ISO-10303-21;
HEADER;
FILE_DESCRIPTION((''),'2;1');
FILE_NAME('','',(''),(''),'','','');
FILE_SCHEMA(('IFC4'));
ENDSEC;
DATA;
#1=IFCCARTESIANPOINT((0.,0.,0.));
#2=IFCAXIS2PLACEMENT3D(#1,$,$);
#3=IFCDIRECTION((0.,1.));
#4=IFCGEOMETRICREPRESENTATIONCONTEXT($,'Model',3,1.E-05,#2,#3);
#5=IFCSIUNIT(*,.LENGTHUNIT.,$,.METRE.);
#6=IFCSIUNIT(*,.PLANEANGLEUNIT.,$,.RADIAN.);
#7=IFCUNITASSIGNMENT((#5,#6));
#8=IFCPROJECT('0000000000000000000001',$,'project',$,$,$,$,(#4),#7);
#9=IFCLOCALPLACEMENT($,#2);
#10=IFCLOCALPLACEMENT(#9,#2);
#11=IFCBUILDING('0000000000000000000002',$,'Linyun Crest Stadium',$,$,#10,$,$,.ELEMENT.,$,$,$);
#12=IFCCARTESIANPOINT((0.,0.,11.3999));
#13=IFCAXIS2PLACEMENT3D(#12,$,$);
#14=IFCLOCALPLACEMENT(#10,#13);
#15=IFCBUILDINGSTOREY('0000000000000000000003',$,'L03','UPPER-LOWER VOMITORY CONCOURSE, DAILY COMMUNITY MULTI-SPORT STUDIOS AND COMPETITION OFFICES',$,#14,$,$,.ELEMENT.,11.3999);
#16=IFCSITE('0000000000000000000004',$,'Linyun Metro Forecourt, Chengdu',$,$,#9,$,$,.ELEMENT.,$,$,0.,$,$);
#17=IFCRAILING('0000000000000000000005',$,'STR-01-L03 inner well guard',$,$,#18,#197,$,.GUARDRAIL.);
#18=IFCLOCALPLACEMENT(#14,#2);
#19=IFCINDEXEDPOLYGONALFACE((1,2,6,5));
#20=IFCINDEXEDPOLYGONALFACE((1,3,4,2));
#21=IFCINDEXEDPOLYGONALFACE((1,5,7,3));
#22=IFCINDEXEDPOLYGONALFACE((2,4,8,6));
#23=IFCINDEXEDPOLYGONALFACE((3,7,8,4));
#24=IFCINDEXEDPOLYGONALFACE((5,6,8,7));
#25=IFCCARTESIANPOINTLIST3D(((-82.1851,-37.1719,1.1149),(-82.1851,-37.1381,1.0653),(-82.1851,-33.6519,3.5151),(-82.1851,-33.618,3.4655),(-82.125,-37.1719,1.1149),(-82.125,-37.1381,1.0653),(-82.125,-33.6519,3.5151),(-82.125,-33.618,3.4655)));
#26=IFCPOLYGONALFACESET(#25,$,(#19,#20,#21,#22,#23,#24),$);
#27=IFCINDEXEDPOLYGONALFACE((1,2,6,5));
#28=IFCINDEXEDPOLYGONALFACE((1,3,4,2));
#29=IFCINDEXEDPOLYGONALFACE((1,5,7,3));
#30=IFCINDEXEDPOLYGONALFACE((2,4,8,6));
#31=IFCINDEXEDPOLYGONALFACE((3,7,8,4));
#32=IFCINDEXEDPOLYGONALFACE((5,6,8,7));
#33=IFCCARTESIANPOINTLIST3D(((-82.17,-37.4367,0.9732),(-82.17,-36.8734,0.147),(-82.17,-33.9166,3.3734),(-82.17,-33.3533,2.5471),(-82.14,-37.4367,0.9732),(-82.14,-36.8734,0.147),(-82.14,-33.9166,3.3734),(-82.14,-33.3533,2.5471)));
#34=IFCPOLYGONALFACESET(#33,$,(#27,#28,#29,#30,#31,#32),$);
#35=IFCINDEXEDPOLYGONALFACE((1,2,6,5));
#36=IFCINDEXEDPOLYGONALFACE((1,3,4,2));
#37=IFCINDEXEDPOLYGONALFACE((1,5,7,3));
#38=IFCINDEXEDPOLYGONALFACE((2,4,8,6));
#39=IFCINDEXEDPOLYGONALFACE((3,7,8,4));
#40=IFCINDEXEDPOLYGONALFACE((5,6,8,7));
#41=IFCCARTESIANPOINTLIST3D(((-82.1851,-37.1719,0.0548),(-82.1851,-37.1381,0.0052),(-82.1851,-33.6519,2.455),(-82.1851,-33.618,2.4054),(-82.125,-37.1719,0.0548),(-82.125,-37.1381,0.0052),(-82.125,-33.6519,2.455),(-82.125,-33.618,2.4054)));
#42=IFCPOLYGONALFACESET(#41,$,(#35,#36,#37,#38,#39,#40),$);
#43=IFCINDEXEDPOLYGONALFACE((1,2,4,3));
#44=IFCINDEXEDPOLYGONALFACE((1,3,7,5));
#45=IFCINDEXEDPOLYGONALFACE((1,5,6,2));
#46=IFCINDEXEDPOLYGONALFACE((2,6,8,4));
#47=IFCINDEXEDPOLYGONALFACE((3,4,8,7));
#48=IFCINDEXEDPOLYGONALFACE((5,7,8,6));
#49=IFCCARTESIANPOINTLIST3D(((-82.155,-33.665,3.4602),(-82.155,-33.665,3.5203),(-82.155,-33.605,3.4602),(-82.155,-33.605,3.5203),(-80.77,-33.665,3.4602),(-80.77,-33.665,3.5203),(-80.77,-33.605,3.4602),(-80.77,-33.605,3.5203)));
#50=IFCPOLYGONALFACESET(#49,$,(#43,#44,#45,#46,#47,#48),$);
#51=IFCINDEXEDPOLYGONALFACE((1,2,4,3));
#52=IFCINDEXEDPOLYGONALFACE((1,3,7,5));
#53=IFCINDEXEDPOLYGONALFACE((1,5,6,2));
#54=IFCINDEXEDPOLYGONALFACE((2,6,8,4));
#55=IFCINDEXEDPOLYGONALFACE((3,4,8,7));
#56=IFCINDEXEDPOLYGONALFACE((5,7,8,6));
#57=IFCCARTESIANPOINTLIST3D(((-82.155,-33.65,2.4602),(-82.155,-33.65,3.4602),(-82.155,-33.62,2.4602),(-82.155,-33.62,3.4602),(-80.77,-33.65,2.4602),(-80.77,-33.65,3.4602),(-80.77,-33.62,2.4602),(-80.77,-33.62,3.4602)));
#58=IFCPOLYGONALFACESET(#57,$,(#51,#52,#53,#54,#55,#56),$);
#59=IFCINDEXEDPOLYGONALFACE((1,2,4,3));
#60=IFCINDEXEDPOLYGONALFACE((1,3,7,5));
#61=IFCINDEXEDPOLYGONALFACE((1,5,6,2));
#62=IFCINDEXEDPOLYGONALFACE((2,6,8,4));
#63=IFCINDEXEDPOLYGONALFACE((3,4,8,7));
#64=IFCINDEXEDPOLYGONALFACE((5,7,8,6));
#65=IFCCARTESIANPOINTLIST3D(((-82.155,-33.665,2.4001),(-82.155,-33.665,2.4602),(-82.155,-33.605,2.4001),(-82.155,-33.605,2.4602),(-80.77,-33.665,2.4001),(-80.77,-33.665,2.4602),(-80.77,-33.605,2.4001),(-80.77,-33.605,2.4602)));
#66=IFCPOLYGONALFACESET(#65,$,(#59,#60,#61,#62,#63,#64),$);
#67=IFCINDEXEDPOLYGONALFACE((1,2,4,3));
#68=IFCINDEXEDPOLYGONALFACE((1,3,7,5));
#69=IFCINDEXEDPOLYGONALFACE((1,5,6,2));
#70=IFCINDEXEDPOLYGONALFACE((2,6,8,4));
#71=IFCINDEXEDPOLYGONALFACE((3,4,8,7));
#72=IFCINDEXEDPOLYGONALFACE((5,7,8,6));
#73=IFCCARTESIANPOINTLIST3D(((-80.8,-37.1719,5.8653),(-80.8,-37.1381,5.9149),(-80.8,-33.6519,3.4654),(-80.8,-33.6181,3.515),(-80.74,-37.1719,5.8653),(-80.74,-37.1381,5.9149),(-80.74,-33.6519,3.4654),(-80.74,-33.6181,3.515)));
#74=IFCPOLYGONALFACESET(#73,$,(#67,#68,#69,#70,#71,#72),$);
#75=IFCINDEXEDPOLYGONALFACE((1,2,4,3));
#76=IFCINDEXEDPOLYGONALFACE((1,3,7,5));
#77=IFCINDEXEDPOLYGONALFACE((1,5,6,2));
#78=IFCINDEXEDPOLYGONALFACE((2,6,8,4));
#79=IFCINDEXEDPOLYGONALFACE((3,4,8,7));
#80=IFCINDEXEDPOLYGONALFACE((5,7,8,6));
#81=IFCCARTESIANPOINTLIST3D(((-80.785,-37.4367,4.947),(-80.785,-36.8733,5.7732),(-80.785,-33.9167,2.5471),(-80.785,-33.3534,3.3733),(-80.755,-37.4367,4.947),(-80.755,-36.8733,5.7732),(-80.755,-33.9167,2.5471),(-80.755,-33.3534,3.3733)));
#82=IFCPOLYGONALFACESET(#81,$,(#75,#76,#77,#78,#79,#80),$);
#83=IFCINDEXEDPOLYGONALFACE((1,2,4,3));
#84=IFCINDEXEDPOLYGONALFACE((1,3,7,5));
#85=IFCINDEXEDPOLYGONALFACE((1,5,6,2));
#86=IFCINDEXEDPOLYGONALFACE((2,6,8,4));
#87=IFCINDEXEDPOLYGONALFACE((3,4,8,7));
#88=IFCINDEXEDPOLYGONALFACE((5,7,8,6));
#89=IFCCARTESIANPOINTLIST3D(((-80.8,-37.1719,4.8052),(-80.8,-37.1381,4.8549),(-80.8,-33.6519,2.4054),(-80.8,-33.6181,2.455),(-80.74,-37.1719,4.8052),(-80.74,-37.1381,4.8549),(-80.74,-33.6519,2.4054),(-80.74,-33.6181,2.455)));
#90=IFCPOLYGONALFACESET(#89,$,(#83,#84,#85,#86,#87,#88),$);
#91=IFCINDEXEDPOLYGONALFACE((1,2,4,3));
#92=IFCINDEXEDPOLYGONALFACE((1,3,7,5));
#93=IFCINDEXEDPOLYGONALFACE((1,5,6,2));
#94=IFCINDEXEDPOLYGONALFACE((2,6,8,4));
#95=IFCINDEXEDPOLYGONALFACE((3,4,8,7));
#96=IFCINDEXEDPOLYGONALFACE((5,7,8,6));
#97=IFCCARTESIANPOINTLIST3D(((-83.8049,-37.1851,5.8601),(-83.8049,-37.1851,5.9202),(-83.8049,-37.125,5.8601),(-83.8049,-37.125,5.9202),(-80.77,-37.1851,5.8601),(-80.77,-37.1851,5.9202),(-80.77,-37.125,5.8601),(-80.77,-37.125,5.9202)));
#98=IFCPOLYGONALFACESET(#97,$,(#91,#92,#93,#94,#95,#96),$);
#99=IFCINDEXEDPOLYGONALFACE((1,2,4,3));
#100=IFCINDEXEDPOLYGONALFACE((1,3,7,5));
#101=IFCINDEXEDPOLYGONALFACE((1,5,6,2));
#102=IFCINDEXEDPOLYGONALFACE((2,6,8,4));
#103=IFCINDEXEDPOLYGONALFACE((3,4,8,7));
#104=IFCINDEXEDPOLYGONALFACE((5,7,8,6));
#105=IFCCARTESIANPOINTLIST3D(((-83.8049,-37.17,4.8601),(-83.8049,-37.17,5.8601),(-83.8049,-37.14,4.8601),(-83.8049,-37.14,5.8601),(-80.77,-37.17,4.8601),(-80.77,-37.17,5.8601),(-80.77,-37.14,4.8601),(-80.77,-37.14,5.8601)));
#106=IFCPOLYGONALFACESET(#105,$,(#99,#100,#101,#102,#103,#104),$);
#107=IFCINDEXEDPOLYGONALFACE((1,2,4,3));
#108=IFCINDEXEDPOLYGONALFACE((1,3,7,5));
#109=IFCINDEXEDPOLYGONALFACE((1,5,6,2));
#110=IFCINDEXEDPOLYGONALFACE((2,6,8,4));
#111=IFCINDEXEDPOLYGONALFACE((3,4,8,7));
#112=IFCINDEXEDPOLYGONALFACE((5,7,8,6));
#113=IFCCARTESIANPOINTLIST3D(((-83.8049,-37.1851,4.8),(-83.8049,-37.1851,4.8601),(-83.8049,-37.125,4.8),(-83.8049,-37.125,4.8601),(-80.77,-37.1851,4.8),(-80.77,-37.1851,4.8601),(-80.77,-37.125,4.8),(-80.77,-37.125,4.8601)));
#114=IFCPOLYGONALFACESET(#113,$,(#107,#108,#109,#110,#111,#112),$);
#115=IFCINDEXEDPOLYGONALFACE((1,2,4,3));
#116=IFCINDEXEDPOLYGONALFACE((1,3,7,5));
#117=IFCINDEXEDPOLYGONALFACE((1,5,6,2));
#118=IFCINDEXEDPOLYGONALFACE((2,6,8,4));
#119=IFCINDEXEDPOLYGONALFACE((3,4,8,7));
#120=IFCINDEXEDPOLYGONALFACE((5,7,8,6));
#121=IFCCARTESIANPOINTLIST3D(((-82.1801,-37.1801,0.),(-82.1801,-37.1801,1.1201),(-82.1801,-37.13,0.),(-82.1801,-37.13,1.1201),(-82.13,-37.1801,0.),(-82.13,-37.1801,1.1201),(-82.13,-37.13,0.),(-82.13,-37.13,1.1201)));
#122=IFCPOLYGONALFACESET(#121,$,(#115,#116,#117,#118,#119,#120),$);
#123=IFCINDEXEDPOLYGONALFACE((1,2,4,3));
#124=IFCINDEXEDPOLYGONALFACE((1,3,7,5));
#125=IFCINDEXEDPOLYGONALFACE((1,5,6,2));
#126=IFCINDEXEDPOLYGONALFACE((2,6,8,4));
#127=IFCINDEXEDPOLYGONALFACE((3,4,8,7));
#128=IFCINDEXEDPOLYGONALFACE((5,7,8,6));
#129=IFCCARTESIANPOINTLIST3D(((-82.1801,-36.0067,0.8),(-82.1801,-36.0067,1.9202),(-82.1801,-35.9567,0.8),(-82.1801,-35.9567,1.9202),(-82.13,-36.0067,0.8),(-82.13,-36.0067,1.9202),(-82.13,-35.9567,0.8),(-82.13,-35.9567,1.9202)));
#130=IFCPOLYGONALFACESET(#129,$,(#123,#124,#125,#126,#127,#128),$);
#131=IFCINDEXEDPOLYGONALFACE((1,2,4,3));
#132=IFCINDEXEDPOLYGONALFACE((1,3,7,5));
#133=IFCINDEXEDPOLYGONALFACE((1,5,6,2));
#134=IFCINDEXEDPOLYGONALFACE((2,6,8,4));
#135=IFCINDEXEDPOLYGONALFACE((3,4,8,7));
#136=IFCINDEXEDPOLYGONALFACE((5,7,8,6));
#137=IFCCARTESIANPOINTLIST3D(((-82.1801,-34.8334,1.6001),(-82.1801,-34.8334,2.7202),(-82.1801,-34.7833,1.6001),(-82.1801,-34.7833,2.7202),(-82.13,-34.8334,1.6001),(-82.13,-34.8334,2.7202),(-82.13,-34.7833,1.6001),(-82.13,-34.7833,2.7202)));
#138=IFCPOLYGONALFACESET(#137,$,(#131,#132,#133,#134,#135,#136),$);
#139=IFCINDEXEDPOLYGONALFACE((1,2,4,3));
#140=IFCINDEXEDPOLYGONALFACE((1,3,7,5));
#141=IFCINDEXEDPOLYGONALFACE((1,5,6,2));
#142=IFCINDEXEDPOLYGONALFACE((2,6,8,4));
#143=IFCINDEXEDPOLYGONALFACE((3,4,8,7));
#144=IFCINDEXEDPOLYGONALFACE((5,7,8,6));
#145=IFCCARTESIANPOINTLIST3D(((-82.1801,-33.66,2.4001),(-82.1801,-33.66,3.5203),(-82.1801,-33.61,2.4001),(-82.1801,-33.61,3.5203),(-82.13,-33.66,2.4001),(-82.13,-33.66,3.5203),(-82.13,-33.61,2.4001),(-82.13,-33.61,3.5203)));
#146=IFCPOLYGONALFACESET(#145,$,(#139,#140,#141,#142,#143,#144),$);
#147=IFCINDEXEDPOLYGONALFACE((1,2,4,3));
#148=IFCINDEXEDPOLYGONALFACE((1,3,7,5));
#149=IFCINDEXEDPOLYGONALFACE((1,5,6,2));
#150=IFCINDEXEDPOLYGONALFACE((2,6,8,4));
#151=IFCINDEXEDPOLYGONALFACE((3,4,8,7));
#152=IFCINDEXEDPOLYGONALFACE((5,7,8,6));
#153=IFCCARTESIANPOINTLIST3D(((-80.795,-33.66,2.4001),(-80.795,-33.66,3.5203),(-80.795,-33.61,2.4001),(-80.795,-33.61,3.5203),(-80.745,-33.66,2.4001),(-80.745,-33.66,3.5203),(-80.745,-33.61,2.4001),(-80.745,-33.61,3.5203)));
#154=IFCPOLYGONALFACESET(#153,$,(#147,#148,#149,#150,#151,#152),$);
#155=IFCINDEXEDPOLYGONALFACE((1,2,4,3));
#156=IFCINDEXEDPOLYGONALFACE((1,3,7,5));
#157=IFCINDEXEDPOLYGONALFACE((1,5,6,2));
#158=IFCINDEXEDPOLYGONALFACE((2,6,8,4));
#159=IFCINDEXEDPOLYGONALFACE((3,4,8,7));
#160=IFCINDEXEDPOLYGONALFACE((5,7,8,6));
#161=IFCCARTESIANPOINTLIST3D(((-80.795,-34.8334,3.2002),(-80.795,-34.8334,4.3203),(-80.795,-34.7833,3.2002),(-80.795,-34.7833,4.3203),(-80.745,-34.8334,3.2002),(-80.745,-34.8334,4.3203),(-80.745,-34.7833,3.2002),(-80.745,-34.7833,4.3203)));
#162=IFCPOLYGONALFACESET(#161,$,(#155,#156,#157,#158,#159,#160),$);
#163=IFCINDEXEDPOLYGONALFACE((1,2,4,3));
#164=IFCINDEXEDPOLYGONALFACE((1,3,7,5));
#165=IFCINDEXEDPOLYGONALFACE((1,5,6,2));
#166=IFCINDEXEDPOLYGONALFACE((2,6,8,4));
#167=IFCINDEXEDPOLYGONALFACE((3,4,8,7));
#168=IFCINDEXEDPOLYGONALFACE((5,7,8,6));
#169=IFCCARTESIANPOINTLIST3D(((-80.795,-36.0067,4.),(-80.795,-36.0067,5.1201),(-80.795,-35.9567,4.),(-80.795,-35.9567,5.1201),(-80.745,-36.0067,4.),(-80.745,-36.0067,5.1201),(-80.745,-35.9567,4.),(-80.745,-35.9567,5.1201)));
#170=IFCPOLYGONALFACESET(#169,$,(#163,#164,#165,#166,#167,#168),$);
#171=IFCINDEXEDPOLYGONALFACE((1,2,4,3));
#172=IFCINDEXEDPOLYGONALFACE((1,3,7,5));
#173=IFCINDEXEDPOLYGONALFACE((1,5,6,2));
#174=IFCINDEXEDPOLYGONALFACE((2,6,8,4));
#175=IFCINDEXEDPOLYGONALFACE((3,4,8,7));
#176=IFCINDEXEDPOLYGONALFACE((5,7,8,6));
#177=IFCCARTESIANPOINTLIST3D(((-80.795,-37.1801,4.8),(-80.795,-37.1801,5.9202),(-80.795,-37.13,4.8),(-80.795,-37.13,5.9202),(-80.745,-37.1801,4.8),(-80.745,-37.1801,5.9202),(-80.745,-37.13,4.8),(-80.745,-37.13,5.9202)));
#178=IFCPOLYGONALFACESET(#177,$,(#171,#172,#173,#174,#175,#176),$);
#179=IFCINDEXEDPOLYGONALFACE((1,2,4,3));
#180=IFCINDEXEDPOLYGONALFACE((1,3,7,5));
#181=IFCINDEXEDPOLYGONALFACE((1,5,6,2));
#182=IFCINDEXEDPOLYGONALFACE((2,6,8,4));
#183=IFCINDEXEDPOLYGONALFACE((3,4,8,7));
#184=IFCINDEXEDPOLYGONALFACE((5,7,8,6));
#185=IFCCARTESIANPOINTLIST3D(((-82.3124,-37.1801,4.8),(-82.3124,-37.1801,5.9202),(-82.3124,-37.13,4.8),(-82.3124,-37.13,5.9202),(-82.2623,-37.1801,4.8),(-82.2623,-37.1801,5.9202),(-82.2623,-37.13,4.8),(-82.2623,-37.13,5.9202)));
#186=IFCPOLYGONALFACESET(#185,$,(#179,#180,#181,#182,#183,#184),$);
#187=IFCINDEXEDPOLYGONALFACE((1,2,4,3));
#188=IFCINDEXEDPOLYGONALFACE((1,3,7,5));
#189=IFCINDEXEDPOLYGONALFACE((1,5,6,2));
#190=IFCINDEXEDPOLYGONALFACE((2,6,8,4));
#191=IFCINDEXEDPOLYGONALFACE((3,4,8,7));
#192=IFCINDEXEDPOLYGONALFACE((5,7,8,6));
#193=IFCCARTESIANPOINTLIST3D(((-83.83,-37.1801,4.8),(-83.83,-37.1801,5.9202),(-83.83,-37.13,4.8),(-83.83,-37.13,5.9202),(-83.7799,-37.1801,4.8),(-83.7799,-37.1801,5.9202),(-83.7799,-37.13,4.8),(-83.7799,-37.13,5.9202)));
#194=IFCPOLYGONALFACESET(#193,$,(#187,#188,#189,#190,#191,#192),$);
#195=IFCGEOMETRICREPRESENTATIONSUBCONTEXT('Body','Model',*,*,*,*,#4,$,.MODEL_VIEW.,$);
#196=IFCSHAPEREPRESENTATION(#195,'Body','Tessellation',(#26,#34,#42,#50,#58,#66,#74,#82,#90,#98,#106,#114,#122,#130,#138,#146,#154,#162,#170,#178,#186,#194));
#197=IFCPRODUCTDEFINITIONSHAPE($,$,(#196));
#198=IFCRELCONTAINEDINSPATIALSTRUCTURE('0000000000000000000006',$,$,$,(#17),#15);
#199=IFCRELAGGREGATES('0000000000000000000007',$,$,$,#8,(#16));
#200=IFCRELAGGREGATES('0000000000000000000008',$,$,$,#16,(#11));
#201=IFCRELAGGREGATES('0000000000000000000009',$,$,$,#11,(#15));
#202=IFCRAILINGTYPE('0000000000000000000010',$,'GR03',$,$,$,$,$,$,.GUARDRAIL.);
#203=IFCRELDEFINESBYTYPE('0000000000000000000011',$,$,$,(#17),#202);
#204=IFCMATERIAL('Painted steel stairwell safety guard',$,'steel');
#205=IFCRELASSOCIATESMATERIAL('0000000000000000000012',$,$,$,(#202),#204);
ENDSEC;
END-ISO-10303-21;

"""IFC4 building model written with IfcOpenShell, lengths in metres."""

from ifc_helpers import new_model, si_unit, direction, frame, origin, origin_2d, place, context, subcontext, project, spatial, rectangle, extrude, material, type_object, element, save


model = new_model("IFC4")

# Units and contexts
model_context = context("Model", 3, precision=1e-05, world=origin(), true_north=direction((0.0, 1.0)))
body_context = subcontext(model_context, "Body", "Model", "MODEL_VIEW")
ifc_project = project(units=[si_unit("LENGTHUNIT", "METRE"), si_unit("PLANEANGLEUNIT", "RADIAN")], contexts=[model_context])

# Site, building, storey
site_placement = place(None, origin())
site = spatial("IfcSite", under=ifc_project, at=site_placement, Name="Linyun Metro Forecourt, Chengdu", CompositionType="ELEMENT", RefElevation=0.0)
building_placement = place(site_placement, origin())
building = spatial("IfcBuilding", under=site, at=building_placement, Name="Linyun Crest Stadium", CompositionType="ELEMENT")
storey_placement = place(building_placement, frame((0.0, 0.0, 11.3999)))
storey = spatial("IfcBuildingStorey", under=building, at=storey_placement, Name="L03", Description="UPPER-LOWER VOMITORY CONCOURSE, DAILY COMMUNITY MULTI-SPORT STUDIOS AND COMPETITION OFFICES", CompositionType="ELEMENT", Elevation=11.3999)

# Railing
ifc_material_1 = material(Name="Painted steel stairwell safety guard", Category="steel")
railing_type_1 = type_object("IfcRailingType", Name="GR03", PredefinedType="GUARDRAIL", material=ifc_material_1)
railing_1_placement = place(storey_placement, frame((-82.155, -37.155, 0.0)))
element("IfcRailing", 1, at=railing_1_placement, inside=storey, type_object=railing_type_1, Name="STR-01-L03 inner well guard", PredefinedType="GUARDRAIL", context=body_context, shape_type="SweptSolid", body=[
    extrude(rectangle(XDim=0.0601, YDim=0.0601, at=origin_2d()), frame((0.0, 0.0, 1.0901), z_axis=(0.0, 0.826213, 0.563358), x_axis=(-1.0, 0.0, 0.0)), (0.0, 0.0, 1.0), 4.2605),
    extrude(rectangle(XDim=0.03, YDim=1.0, at=origin_2d()), frame((0.0, 0.0, 0.5601), z_axis=(0.0, 0.826213, 0.563358), x_axis=(-1.0, 0.0, 0.0)), (0.0, 0.0, 1.0), 4.2605),
    extrude(rectangle(XDim=0.0601, YDim=0.0601, at=origin_2d()), frame((0.0, 0.0, 0.03), z_axis=(0.0, 0.826213, 0.563358), x_axis=(-1.0, 0.0, 0.0)), (0.0, 0.0, 1.0), 4.2605),
    extrude(rectangle(XDim=0.0601, YDim=0.0601, at=origin_2d()), frame((0.0, 3.52, 3.4902), z_axis=(1.0, 0.0, 0.0), x_axis=(0.0, 1.0, 0.0)), (0.0, 0.0, 1.0), 1.385),
    extrude(rectangle(XDim=0.03, YDim=1.0, at=origin_2d()), frame((0.0, 3.52, 2.9602), z_axis=(1.0, 0.0, 0.0), x_axis=(0.0, 1.0, 0.0)), (0.0, 0.0, 1.0), 1.385),
    extrude(rectangle(XDim=0.0601, YDim=0.0601, at=origin_2d()), frame((0.0, 3.52, 2.4302), z_axis=(1.0, 0.0, 0.0), x_axis=(0.0, 1.0, 0.0)), (0.0, 0.0, 1.0), 1.385),
    extrude(rectangle(XDim=0.0601, YDim=0.0601, at=origin_2d()), frame((1.385, 3.52, 3.4902), z_axis=(0.0, -0.826239, 0.563319), x_axis=(1.0, 0.0, 0.0)), (0.0, 0.0, 1.0), 4.2603),
    extrude(rectangle(XDim=0.03, YDim=1.0, at=origin_2d()), frame((1.385, 3.52, 2.9602), z_axis=(0.0, -0.826239, 0.563319), x_axis=(1.0, 0.0, 0.0)), (0.0, 0.0, 1.0), 4.2603),
    extrude(rectangle(XDim=0.0601, YDim=0.0601, at=origin_2d()), frame((1.385, 3.52, 2.4302), z_axis=(0.0, -0.826239, 0.563319), x_axis=(1.0, 0.0, 0.0)), (0.0, 0.0, 1.0), 4.2603),
    extrude(rectangle(XDim=0.0601, YDim=0.0601, at=origin_2d()), frame((1.385, 0.0, 5.8901), z_axis=(-1.0, 0.0, 0.0), x_axis=(0.0, -1.0, 0.0)), (0.0, 0.0, 1.0), 3.0349),
    extrude(rectangle(XDim=0.03, YDim=1.0, at=origin_2d()), frame((1.385, 0.0, 5.3601), z_axis=(-1.0, 0.0, 0.0), x_axis=(0.0, -1.0, 0.0)), (0.0, 0.0, 1.0), 3.0349),
    extrude(rectangle(XDim=0.0601, YDim=0.0601, at=origin_2d()), frame((1.385, 0.0, 4.8301), z_axis=(-1.0, 0.0, 0.0), x_axis=(0.0, -1.0, 0.0)), (0.0, 0.0, 1.0), 3.0349),
    extrude(rectangle(XDim=0.05, YDim=0.05, at=origin_2d()), origin(), (0.0, 0.0, 1.0), 1.1201),
    extrude(rectangle(XDim=0.05, YDim=0.05, at=origin_2d()), frame((0.0, 1.1733, 0.8)), (0.0, 0.0, 1.0), 1.1201),
    extrude(rectangle(XDim=0.05, YDim=0.05, at=origin_2d()), frame((0.0, 2.3467, 1.6001)), (0.0, 0.0, 1.0), 1.1201),
    extrude(rectangle(XDim=0.05, YDim=0.05, at=origin_2d()), frame((0.0, 3.52, 2.4001)), (0.0, 0.0, 1.0), 1.1201),
    extrude(rectangle(XDim=0.05, YDim=0.05, at=origin_2d()), frame((1.385, 3.52, 2.4001)), (0.0, 0.0, 1.0), 1.1201),
    extrude(rectangle(XDim=0.05, YDim=0.05, at=origin_2d()), frame((1.385, 2.3467, 3.2002)), (0.0, 0.0, 1.0), 1.1201),
    extrude(rectangle(XDim=0.05, YDim=0.05, at=origin_2d()), frame((1.385, 1.1733, 4.0)), (0.0, 0.0, 1.0), 1.1201),
    extrude(rectangle(XDim=0.05, YDim=0.05, at=origin_2d()), frame((1.385, 0.0, 4.8)), (0.0, 0.0, 1.0), 1.1201),
    extrude(rectangle(XDim=0.05, YDim=0.05, at=origin_2d()), frame((-0.1323, 0.0, 4.8)), (0.0, 0.0, 1.0), 1.1201),
    extrude(rectangle(XDim=0.05, YDim=0.05, at=origin_2d()), frame((-1.6499, 0.0, 4.8)), (0.0, 0.0, 1.0), 1.1201),
])

save(model, "model.ifc")
